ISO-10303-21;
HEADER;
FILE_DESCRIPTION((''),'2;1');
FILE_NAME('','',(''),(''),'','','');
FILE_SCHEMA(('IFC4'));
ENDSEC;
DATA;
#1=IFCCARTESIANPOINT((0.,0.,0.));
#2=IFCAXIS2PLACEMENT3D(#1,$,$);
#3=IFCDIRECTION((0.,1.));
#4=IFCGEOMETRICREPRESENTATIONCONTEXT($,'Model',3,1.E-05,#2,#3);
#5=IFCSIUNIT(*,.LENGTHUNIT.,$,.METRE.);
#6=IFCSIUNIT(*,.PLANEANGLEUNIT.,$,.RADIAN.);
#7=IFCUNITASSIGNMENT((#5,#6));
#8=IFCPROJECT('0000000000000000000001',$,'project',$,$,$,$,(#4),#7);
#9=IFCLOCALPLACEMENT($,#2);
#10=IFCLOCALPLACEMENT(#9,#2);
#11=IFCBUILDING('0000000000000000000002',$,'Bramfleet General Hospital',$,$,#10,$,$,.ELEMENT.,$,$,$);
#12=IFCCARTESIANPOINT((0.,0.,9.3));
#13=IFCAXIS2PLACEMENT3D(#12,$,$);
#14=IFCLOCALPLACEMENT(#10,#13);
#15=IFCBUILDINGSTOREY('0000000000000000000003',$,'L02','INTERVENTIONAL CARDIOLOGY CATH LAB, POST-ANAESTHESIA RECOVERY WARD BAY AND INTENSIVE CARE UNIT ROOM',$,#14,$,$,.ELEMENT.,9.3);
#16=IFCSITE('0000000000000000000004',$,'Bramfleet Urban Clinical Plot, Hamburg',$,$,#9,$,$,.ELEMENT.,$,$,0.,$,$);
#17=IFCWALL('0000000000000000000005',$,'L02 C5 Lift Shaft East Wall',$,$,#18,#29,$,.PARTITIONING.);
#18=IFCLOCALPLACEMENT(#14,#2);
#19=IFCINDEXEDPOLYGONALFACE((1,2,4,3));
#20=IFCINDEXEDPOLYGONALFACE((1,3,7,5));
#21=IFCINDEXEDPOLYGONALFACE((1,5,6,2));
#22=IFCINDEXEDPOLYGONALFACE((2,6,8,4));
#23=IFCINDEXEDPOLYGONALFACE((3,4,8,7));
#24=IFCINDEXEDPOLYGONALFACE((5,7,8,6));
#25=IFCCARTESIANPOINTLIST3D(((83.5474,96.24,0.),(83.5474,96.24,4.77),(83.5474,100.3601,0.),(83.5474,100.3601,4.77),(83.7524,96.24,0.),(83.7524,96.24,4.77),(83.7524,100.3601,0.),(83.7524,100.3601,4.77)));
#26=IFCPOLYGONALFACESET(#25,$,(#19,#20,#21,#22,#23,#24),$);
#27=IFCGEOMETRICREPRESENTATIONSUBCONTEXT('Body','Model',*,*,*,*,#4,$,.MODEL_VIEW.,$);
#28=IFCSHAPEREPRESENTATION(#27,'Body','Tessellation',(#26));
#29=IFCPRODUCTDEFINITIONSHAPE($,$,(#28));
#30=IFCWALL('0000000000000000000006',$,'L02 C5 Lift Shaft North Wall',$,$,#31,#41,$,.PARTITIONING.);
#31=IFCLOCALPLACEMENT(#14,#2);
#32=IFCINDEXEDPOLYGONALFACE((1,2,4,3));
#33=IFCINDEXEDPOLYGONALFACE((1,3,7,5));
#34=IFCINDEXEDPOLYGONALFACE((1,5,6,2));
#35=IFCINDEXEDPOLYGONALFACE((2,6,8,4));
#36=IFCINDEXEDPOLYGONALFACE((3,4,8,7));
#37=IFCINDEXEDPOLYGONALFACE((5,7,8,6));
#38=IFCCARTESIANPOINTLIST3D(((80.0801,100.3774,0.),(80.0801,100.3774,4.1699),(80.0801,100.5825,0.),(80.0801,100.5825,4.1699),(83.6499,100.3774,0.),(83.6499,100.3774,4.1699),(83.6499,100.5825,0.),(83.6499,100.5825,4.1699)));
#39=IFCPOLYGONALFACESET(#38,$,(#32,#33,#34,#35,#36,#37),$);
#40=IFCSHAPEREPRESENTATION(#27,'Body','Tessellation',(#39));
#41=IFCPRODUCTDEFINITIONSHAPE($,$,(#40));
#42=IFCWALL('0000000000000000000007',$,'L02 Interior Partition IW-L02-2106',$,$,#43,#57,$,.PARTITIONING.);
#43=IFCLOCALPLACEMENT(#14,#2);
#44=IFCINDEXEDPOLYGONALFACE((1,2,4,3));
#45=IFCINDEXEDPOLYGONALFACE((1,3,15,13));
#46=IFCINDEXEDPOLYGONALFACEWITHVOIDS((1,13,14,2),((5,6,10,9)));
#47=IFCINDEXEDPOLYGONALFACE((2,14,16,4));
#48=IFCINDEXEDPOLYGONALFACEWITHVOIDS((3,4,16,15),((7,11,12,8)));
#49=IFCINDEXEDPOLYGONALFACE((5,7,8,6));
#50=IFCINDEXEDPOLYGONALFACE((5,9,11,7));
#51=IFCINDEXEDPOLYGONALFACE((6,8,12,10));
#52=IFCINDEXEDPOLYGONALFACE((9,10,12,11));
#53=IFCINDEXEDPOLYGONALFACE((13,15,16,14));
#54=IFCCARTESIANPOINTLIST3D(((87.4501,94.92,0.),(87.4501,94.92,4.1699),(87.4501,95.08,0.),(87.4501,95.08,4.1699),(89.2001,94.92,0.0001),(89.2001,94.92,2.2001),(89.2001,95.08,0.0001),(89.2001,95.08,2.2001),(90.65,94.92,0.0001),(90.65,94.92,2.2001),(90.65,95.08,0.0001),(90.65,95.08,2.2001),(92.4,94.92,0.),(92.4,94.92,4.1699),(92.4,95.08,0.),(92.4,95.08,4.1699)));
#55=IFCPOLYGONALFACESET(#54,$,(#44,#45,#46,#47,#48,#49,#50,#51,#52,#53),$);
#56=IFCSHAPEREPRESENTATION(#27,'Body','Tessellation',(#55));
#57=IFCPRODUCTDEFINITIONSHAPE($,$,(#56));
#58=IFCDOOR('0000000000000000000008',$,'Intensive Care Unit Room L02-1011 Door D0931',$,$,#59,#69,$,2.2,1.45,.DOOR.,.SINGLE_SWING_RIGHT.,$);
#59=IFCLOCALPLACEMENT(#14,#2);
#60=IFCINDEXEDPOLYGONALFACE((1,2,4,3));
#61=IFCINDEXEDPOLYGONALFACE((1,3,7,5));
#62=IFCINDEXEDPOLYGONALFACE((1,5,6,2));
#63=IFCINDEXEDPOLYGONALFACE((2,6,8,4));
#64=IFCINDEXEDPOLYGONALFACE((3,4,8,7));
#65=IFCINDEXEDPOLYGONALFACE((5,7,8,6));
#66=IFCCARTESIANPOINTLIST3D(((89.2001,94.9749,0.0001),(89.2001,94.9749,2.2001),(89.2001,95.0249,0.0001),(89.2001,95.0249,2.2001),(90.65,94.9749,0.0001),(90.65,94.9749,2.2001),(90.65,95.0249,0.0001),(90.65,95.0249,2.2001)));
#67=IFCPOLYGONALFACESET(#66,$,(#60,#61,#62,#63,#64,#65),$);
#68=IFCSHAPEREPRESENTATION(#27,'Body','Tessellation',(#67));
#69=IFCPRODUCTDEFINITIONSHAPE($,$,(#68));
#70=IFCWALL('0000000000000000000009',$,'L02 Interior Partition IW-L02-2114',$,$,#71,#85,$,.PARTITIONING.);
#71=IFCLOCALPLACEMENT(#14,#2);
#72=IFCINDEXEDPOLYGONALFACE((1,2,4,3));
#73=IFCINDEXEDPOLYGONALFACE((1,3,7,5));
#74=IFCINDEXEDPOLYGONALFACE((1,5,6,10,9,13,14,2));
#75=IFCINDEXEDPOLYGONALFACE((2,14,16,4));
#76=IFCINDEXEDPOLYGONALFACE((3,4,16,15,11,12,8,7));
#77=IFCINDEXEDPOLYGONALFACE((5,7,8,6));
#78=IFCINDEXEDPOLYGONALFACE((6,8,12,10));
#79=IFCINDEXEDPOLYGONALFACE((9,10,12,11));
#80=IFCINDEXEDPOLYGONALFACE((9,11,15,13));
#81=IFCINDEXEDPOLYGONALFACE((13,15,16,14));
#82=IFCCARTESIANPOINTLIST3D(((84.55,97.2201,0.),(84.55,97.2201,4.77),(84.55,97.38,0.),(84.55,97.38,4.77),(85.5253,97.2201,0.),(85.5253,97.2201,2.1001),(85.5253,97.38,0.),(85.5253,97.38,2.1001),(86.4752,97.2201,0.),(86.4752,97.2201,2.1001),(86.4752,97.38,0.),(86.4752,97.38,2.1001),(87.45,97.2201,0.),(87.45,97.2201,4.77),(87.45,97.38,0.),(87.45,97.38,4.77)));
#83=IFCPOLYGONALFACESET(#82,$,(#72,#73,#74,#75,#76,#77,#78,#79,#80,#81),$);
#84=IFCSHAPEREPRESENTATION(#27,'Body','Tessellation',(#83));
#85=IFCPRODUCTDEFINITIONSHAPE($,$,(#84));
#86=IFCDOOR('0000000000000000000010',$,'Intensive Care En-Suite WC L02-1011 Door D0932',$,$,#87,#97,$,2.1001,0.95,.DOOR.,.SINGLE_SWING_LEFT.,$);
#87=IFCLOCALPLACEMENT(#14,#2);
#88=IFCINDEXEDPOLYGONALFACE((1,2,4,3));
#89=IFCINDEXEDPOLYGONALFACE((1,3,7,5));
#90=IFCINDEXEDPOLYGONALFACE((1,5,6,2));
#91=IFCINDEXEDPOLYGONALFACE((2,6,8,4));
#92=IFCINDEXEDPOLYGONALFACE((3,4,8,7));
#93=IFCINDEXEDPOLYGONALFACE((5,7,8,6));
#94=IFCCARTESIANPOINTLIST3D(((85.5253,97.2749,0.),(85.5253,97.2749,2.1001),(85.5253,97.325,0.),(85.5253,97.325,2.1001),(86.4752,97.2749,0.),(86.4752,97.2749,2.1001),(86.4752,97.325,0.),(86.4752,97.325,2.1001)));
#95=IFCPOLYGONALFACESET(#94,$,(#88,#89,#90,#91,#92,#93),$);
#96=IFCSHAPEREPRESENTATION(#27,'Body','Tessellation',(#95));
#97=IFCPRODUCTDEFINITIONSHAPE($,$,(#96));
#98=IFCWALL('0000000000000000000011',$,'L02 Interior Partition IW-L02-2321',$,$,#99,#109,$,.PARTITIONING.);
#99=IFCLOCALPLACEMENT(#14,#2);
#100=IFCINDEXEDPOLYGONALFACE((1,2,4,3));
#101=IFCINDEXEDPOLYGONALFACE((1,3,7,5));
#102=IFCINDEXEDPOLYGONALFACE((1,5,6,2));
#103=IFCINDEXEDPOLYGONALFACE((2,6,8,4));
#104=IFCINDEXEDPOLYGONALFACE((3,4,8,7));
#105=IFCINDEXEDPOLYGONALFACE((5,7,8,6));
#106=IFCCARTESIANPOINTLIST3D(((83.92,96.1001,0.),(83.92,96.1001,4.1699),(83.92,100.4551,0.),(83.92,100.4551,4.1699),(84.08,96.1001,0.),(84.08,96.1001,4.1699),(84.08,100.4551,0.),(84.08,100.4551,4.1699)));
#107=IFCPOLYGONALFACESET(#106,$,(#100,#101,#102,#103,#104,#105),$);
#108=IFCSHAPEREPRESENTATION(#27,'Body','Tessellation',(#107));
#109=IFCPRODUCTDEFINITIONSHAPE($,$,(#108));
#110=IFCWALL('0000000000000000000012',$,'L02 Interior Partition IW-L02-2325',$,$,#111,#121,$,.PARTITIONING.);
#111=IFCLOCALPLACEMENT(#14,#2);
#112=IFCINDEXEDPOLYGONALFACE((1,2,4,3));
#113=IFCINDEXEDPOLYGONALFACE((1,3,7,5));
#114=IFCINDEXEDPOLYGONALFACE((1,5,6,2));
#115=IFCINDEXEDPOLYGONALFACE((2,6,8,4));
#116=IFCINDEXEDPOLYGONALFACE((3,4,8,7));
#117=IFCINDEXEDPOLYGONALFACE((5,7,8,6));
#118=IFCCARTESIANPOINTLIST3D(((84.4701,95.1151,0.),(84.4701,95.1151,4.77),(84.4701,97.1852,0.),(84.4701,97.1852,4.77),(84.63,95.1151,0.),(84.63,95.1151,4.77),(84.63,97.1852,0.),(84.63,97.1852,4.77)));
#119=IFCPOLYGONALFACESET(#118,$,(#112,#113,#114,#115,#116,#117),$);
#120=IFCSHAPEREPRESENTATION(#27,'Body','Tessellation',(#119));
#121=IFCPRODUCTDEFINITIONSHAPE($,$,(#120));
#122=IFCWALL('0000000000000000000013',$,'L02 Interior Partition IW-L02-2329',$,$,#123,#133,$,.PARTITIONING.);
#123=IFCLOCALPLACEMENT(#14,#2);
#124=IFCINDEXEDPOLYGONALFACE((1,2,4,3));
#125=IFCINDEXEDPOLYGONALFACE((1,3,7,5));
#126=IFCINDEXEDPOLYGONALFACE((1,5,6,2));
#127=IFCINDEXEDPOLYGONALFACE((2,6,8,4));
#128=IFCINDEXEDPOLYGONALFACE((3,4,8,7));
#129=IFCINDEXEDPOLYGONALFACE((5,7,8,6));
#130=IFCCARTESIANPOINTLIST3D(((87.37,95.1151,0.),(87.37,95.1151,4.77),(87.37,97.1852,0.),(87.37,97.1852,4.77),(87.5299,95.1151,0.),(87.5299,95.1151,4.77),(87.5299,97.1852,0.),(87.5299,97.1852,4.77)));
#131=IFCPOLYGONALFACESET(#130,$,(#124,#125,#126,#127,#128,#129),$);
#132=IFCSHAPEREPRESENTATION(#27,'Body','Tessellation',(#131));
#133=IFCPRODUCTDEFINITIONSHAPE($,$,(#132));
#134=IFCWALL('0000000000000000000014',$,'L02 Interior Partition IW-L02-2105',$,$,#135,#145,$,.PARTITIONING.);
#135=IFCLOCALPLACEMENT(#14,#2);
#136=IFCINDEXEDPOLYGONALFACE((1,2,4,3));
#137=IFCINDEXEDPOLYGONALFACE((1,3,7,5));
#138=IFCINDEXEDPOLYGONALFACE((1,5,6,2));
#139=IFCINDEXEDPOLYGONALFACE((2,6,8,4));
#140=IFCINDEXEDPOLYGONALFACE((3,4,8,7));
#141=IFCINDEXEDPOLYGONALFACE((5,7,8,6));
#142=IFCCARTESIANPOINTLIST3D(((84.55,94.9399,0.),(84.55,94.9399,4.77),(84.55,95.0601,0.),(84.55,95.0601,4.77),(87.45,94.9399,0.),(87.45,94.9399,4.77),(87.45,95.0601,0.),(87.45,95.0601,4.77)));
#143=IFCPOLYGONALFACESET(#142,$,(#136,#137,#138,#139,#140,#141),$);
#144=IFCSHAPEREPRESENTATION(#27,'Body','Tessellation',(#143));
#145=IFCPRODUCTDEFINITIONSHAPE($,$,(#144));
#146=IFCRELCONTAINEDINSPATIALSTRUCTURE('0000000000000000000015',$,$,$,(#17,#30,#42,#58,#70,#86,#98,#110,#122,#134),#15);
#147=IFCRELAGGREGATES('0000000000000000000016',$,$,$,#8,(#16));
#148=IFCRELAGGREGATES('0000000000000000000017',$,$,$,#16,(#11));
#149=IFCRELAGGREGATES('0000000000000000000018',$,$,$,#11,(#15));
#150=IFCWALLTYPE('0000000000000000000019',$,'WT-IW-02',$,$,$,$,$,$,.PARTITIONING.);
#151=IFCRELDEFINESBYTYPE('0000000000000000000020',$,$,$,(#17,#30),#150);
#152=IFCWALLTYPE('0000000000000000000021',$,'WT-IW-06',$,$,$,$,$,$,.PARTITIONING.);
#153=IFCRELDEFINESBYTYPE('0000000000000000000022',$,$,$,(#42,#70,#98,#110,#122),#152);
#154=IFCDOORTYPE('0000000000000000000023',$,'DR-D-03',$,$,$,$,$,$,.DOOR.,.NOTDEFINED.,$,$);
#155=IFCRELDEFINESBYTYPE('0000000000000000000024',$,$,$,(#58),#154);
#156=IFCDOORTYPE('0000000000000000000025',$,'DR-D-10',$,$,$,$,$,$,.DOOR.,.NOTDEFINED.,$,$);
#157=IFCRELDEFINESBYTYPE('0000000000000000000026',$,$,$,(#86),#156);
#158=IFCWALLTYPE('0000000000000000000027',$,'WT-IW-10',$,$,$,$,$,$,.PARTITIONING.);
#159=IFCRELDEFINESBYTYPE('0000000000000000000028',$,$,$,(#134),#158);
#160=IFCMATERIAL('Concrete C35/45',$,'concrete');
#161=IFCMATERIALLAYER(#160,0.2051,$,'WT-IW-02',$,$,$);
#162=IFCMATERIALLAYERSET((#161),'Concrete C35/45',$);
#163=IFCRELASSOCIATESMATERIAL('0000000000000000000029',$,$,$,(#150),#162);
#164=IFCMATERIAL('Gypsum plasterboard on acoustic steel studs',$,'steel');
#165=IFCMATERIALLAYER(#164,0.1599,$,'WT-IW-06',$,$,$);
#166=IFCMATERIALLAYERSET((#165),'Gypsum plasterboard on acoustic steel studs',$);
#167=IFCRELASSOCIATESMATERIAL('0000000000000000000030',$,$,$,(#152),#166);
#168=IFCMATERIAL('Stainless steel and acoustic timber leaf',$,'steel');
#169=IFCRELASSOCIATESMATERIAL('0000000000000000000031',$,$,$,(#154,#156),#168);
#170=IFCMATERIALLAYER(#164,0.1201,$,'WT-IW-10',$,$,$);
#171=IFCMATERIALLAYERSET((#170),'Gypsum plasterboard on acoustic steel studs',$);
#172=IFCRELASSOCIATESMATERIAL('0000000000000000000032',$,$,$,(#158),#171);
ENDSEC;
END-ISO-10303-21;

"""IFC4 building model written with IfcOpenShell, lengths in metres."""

from ifc_helpers import new_model, si_unit, direction, frame, frame_2d, origin, place, context, subcontext, project, spatial, rectangle, extrude, material, layer, layer_set, type_object, element, fill, save


model = new_model("IFC4")

# Units and contexts
model_context = context("Model", 3, precision=1e-05, world=origin(), true_north=direction((0.0, 1.0)))
body_context = subcontext(model_context, "Body", "Model", "MODEL_VIEW")
ifc_project = project(units=[si_unit("LENGTHUNIT", "METRE"), si_unit("PLANEANGLEUNIT", "RADIAN")], contexts=[model_context])

# Site, building, storey
site_placement = place(None, origin())
site = spatial("IfcSite", under=ifc_project, at=site_placement, Name="Bramfleet Urban Clinical Plot, Hamburg", CompositionType="ELEMENT", RefElevation=0.0)
building_placement = place(site_placement, origin())
building = spatial("IfcBuilding", under=site, at=building_placement, Name="Bramfleet General Hospital", CompositionType="ELEMENT")
storey_placement = place(building_placement, frame((0.0, 0.0, 9.3)))
storey = spatial("IfcBuildingStorey", under=building, at=storey_placement, Name="L02", Description="INTERVENTIONAL CARDIOLOGY CATH LAB, POST-ANAESTHESIA RECOVERY WARD BAY AND INTENSIVE CARE UNIT ROOM", CompositionType="ELEMENT", Elevation=9.3)

# Shared definitions
ifc_material_1 = material(Name="Concrete C35/45", Category="concrete")
ifc_layer_1 = layer(ifc_material_1, 0.2051, Name="WT-IW-02")
ifc_layer_set_1 = layer_set([ifc_layer_1], Name="Concrete C35/45")
wall_type_1 = type_object("IfcWallType", Name="WT-IW-02", PredefinedType="PARTITIONING", material=ifc_layer_set_1)

# Walls
wall_1_placement = place(storey_placement, frame((83.6499, 96.24, 0.0), z_axis=(0.0, 0.0, 1.0), x_axis=(0.0, 1.0, 0.0)))
element("IfcWall", 1, at=wall_1_placement, inside=storey, type_object=wall_type_1, Name="L02 C5 Lift Shaft East Wall", PredefinedType="PARTITIONING", context=body_context, shape_type="SweptSolid", body=[
    extrude(rectangle(XDim=4.1201, YDim=0.2051, at=frame_2d((2.0601, 0.0))), origin(), (0.0, 0.0, 1.0), 4.77),
])
wall_2_placement = place(storey_placement, frame((80.0801, 100.48, 0.0), z_axis=(0.0, 0.0, 1.0), x_axis=(1.0, 0.0, 0.0)))
element("IfcWall", 2, at=wall_2_placement, inside=storey, type_object=wall_type_1, Name="L02 C5 Lift Shaft North Wall", PredefinedType="PARTITIONING", context=body_context, shape_type="SweptSolid", body=[
    extrude(rectangle(XDim=3.5698, YDim=0.2051, at=frame_2d((1.7849, 0.0))), origin(), (0.0, 0.0, 1.0), 4.1699),
])

# Walls, openings, doors
ifc_material_2 = material(Name="Gypsum plasterboard on acoustic steel studs", Category="steel")
ifc_layer_2 = layer(ifc_material_2, 0.1599, Name="WT-IW-06")
ifc_layer_set_2 = layer_set([ifc_layer_2], Name="Gypsum plasterboard on acoustic steel studs")
wall_type_2 = type_object("IfcWallType", Name="WT-IW-06", PredefinedType="PARTITIONING", material=ifc_layer_set_2)
wall_3_placement = place(storey_placement, frame((87.45, 95.0, 0.0), z_axis=(0.0, 0.0, 1.0), x_axis=(1.0, 0.0, 0.0)))
wall_3 = element("IfcWall", 3, at=wall_3_placement, inside=storey, type_object=wall_type_2, Name="L02 Interior Partition IW-L02-2106", PredefinedType="PARTITIONING", context=body_context, shape_type="SweptSolid", body=[
    extrude(rectangle(XDim=4.95, YDim=0.1599, at=frame_2d((2.4751, 0.0))), origin(), (0.0, 0.0, 1.0), 4.1699),
])
opening_1_placement = place(wall_3_placement, frame((1.75, 0.0, 0.0)))
opening_1 = element("IfcOpeningElement", 4, at=opening_1_placement, cuts=wall_3, PredefinedType="OPENING", context=body_context, shape_type="SweptSolid", body=[
    extrude(rectangle(XDim=1.45, YDim=2.2, at=frame_2d((0.7251, 1.1001))), frame((0.0, 0.0898, 0.0), z_axis=(0.0, -1.0, 0.0), x_axis=(1.0, 0.0, 0.0)), (0.0, 0.0, 1.0), 0.1799),
])
ifc_material_3 = material(Name="Stainless steel and acoustic timber leaf", Category="steel")
door_type_1 = type_object("IfcDoorType", Name="DR-D-03", OperationType="NOTDEFINED", PredefinedType="DOOR", material=ifc_material_3)
door_1_placement = place(opening_1_placement, origin())
door_1 = element("IfcDoor", 5, at=door_1_placement, inside=storey, type_object=door_type_1, Name="Intensive Care Unit Room L02-1011 Door D0931", OperationType="SINGLE_SWING_RIGHT", OverallHeight=2.2, OverallWidth=1.45, PredefinedType="DOOR", context=body_context, shape_type="SweptSolid", body=[
    extrude(rectangle(XDim=1.45, YDim=2.2, at=frame_2d((0.7251, 1.1001))), frame((0.0, 0.0249, 0.0), z_axis=(0.0, -1.0, 0.0), x_axis=(1.0, 0.0, 0.0)), (0.0, 0.0, 1.0), 0.05),
])
fill(opening_1, door_1)
wall_4_placement = place(storey_placement, frame((84.55, 97.3, 0.0), z_axis=(0.0, 0.0, 1.0), x_axis=(1.0, 0.0, 0.0)))
wall_4 = element("IfcWall", 6, at=wall_4_placement, inside=storey, type_object=wall_type_2, Name="L02 Interior Partition IW-L02-2114", PredefinedType="PARTITIONING", context=body_context, shape_type="SweptSolid", body=[
    extrude(rectangle(XDim=2.8999, YDim=0.1599, at=frame_2d((1.45, 0.0))), origin(), (0.0, 0.0, 1.0), 4.77),
])
opening_2_placement = place(wall_4_placement, frame((0.9751, 0.0, 0.0)))
opening_2 = element("IfcOpeningElement", 7, at=opening_2_placement, cuts=wall_4, PredefinedType="OPENING", context=body_context, shape_type="SweptSolid", body=[
    extrude(rectangle(XDim=0.95, YDim=2.1001, at=frame_2d((0.4751, 1.05))), frame((0.0, 0.0898, 0.0), z_axis=(0.0, -1.0, 0.0), x_axis=(1.0, 0.0, 0.0)), (0.0, 0.0, 1.0), 0.1799),
])
door_type_2 = type_object("IfcDoorType", Name="DR-D-10", OperationType="NOTDEFINED", PredefinedType="DOOR", material=ifc_material_3)
door_2_placement = place(opening_2_placement, origin())
door_2 = element("IfcDoor", 8, at=door_2_placement, inside=storey, type_object=door_type_2, Name="Intensive Care En-Suite WC L02-1011 Door D0932", OperationType="SINGLE_SWING_LEFT", OverallHeight=2.1001, OverallWidth=0.95, PredefinedType="DOOR", context=body_context, shape_type="SweptSolid", body=[
    extrude(rectangle(XDim=0.95, YDim=2.1001, at=frame_2d((0.4751, 1.05))), frame((0.0, 0.0249, 0.0), z_axis=(0.0, -1.0, 0.0), x_axis=(1.0, 0.0, 0.0)), (0.0, 0.0, 1.0), 0.05),
])
fill(opening_2, door_2)

# Walls
wall_5_placement = place(storey_placement, frame((84.0, 96.1001, 0.0), z_axis=(0.0, 0.0, 1.0), x_axis=(0.0, 1.0, 0.0)))
element("IfcWall", 9, at=wall_5_placement, inside=storey, type_object=wall_type_2, Name="L02 Interior Partition IW-L02-2321", PredefinedType="PARTITIONING", context=body_context, shape_type="SweptSolid", body=[
    extrude(rectangle(XDim=4.355, YDim=0.1599, at=frame_2d((2.1775, 0.0))), origin(), (0.0, 0.0, 1.0), 4.1699),
])
for number, where, z_axis, x_axis, name in (
    (10, (84.55, 95.115, 0.0), (0.0, 0.0, 1.0), (0.0, 1.0, 0.0), "L02 Interior Partition IW-L02-2325"),
    (11, (87.45, 95.115, 0.0), (0.0, 0.0, 1.0), (0.0, 1.0, 0.0), "L02 Interior Partition IW-L02-2329"),
):
    element("IfcWall", number, at=place(storey_placement, frame(where, z_axis=z_axis, x_axis=x_axis)), inside=storey, type_object=wall_type_2, Name=name, PredefinedType="PARTITIONING", context=body_context, shape_type="SweptSolid", body=[
        extrude(rectangle(XDim=2.0701, YDim=0.1599, at=frame_2d((1.0352, 0.0))), origin(), (0.0, 0.0, 1.0), 4.77),
    ])
ifc_layer_3 = layer(ifc_material_2, 0.1201, Name="WT-IW-10")
ifc_layer_set_3 = layer_set([ifc_layer_3], Name="Gypsum plasterboard on acoustic steel studs")
wall_type_3 = type_object("IfcWallType", Name="WT-IW-10", PredefinedType="PARTITIONING", material=ifc_layer_set_3)
wall_6_placement = place(storey_placement, frame((84.55, 95.0, 0.0), z_axis=(0.0, 0.0, 1.0), x_axis=(1.0, 0.0, 0.0)))
element("IfcWall", 12, at=wall_6_placement, inside=storey, type_object=wall_type_3, Name="L02 Interior Partition IW-L02-2105", PredefinedType="PARTITIONING", context=body_context, shape_type="SweptSolid", body=[
    extrude(rectangle(XDim=2.8999, YDim=0.1201, at=frame_2d((1.45, 0.0))), origin(), (0.0, 0.0, 1.0), 4.77),
])

save(model, "model.ifc")
